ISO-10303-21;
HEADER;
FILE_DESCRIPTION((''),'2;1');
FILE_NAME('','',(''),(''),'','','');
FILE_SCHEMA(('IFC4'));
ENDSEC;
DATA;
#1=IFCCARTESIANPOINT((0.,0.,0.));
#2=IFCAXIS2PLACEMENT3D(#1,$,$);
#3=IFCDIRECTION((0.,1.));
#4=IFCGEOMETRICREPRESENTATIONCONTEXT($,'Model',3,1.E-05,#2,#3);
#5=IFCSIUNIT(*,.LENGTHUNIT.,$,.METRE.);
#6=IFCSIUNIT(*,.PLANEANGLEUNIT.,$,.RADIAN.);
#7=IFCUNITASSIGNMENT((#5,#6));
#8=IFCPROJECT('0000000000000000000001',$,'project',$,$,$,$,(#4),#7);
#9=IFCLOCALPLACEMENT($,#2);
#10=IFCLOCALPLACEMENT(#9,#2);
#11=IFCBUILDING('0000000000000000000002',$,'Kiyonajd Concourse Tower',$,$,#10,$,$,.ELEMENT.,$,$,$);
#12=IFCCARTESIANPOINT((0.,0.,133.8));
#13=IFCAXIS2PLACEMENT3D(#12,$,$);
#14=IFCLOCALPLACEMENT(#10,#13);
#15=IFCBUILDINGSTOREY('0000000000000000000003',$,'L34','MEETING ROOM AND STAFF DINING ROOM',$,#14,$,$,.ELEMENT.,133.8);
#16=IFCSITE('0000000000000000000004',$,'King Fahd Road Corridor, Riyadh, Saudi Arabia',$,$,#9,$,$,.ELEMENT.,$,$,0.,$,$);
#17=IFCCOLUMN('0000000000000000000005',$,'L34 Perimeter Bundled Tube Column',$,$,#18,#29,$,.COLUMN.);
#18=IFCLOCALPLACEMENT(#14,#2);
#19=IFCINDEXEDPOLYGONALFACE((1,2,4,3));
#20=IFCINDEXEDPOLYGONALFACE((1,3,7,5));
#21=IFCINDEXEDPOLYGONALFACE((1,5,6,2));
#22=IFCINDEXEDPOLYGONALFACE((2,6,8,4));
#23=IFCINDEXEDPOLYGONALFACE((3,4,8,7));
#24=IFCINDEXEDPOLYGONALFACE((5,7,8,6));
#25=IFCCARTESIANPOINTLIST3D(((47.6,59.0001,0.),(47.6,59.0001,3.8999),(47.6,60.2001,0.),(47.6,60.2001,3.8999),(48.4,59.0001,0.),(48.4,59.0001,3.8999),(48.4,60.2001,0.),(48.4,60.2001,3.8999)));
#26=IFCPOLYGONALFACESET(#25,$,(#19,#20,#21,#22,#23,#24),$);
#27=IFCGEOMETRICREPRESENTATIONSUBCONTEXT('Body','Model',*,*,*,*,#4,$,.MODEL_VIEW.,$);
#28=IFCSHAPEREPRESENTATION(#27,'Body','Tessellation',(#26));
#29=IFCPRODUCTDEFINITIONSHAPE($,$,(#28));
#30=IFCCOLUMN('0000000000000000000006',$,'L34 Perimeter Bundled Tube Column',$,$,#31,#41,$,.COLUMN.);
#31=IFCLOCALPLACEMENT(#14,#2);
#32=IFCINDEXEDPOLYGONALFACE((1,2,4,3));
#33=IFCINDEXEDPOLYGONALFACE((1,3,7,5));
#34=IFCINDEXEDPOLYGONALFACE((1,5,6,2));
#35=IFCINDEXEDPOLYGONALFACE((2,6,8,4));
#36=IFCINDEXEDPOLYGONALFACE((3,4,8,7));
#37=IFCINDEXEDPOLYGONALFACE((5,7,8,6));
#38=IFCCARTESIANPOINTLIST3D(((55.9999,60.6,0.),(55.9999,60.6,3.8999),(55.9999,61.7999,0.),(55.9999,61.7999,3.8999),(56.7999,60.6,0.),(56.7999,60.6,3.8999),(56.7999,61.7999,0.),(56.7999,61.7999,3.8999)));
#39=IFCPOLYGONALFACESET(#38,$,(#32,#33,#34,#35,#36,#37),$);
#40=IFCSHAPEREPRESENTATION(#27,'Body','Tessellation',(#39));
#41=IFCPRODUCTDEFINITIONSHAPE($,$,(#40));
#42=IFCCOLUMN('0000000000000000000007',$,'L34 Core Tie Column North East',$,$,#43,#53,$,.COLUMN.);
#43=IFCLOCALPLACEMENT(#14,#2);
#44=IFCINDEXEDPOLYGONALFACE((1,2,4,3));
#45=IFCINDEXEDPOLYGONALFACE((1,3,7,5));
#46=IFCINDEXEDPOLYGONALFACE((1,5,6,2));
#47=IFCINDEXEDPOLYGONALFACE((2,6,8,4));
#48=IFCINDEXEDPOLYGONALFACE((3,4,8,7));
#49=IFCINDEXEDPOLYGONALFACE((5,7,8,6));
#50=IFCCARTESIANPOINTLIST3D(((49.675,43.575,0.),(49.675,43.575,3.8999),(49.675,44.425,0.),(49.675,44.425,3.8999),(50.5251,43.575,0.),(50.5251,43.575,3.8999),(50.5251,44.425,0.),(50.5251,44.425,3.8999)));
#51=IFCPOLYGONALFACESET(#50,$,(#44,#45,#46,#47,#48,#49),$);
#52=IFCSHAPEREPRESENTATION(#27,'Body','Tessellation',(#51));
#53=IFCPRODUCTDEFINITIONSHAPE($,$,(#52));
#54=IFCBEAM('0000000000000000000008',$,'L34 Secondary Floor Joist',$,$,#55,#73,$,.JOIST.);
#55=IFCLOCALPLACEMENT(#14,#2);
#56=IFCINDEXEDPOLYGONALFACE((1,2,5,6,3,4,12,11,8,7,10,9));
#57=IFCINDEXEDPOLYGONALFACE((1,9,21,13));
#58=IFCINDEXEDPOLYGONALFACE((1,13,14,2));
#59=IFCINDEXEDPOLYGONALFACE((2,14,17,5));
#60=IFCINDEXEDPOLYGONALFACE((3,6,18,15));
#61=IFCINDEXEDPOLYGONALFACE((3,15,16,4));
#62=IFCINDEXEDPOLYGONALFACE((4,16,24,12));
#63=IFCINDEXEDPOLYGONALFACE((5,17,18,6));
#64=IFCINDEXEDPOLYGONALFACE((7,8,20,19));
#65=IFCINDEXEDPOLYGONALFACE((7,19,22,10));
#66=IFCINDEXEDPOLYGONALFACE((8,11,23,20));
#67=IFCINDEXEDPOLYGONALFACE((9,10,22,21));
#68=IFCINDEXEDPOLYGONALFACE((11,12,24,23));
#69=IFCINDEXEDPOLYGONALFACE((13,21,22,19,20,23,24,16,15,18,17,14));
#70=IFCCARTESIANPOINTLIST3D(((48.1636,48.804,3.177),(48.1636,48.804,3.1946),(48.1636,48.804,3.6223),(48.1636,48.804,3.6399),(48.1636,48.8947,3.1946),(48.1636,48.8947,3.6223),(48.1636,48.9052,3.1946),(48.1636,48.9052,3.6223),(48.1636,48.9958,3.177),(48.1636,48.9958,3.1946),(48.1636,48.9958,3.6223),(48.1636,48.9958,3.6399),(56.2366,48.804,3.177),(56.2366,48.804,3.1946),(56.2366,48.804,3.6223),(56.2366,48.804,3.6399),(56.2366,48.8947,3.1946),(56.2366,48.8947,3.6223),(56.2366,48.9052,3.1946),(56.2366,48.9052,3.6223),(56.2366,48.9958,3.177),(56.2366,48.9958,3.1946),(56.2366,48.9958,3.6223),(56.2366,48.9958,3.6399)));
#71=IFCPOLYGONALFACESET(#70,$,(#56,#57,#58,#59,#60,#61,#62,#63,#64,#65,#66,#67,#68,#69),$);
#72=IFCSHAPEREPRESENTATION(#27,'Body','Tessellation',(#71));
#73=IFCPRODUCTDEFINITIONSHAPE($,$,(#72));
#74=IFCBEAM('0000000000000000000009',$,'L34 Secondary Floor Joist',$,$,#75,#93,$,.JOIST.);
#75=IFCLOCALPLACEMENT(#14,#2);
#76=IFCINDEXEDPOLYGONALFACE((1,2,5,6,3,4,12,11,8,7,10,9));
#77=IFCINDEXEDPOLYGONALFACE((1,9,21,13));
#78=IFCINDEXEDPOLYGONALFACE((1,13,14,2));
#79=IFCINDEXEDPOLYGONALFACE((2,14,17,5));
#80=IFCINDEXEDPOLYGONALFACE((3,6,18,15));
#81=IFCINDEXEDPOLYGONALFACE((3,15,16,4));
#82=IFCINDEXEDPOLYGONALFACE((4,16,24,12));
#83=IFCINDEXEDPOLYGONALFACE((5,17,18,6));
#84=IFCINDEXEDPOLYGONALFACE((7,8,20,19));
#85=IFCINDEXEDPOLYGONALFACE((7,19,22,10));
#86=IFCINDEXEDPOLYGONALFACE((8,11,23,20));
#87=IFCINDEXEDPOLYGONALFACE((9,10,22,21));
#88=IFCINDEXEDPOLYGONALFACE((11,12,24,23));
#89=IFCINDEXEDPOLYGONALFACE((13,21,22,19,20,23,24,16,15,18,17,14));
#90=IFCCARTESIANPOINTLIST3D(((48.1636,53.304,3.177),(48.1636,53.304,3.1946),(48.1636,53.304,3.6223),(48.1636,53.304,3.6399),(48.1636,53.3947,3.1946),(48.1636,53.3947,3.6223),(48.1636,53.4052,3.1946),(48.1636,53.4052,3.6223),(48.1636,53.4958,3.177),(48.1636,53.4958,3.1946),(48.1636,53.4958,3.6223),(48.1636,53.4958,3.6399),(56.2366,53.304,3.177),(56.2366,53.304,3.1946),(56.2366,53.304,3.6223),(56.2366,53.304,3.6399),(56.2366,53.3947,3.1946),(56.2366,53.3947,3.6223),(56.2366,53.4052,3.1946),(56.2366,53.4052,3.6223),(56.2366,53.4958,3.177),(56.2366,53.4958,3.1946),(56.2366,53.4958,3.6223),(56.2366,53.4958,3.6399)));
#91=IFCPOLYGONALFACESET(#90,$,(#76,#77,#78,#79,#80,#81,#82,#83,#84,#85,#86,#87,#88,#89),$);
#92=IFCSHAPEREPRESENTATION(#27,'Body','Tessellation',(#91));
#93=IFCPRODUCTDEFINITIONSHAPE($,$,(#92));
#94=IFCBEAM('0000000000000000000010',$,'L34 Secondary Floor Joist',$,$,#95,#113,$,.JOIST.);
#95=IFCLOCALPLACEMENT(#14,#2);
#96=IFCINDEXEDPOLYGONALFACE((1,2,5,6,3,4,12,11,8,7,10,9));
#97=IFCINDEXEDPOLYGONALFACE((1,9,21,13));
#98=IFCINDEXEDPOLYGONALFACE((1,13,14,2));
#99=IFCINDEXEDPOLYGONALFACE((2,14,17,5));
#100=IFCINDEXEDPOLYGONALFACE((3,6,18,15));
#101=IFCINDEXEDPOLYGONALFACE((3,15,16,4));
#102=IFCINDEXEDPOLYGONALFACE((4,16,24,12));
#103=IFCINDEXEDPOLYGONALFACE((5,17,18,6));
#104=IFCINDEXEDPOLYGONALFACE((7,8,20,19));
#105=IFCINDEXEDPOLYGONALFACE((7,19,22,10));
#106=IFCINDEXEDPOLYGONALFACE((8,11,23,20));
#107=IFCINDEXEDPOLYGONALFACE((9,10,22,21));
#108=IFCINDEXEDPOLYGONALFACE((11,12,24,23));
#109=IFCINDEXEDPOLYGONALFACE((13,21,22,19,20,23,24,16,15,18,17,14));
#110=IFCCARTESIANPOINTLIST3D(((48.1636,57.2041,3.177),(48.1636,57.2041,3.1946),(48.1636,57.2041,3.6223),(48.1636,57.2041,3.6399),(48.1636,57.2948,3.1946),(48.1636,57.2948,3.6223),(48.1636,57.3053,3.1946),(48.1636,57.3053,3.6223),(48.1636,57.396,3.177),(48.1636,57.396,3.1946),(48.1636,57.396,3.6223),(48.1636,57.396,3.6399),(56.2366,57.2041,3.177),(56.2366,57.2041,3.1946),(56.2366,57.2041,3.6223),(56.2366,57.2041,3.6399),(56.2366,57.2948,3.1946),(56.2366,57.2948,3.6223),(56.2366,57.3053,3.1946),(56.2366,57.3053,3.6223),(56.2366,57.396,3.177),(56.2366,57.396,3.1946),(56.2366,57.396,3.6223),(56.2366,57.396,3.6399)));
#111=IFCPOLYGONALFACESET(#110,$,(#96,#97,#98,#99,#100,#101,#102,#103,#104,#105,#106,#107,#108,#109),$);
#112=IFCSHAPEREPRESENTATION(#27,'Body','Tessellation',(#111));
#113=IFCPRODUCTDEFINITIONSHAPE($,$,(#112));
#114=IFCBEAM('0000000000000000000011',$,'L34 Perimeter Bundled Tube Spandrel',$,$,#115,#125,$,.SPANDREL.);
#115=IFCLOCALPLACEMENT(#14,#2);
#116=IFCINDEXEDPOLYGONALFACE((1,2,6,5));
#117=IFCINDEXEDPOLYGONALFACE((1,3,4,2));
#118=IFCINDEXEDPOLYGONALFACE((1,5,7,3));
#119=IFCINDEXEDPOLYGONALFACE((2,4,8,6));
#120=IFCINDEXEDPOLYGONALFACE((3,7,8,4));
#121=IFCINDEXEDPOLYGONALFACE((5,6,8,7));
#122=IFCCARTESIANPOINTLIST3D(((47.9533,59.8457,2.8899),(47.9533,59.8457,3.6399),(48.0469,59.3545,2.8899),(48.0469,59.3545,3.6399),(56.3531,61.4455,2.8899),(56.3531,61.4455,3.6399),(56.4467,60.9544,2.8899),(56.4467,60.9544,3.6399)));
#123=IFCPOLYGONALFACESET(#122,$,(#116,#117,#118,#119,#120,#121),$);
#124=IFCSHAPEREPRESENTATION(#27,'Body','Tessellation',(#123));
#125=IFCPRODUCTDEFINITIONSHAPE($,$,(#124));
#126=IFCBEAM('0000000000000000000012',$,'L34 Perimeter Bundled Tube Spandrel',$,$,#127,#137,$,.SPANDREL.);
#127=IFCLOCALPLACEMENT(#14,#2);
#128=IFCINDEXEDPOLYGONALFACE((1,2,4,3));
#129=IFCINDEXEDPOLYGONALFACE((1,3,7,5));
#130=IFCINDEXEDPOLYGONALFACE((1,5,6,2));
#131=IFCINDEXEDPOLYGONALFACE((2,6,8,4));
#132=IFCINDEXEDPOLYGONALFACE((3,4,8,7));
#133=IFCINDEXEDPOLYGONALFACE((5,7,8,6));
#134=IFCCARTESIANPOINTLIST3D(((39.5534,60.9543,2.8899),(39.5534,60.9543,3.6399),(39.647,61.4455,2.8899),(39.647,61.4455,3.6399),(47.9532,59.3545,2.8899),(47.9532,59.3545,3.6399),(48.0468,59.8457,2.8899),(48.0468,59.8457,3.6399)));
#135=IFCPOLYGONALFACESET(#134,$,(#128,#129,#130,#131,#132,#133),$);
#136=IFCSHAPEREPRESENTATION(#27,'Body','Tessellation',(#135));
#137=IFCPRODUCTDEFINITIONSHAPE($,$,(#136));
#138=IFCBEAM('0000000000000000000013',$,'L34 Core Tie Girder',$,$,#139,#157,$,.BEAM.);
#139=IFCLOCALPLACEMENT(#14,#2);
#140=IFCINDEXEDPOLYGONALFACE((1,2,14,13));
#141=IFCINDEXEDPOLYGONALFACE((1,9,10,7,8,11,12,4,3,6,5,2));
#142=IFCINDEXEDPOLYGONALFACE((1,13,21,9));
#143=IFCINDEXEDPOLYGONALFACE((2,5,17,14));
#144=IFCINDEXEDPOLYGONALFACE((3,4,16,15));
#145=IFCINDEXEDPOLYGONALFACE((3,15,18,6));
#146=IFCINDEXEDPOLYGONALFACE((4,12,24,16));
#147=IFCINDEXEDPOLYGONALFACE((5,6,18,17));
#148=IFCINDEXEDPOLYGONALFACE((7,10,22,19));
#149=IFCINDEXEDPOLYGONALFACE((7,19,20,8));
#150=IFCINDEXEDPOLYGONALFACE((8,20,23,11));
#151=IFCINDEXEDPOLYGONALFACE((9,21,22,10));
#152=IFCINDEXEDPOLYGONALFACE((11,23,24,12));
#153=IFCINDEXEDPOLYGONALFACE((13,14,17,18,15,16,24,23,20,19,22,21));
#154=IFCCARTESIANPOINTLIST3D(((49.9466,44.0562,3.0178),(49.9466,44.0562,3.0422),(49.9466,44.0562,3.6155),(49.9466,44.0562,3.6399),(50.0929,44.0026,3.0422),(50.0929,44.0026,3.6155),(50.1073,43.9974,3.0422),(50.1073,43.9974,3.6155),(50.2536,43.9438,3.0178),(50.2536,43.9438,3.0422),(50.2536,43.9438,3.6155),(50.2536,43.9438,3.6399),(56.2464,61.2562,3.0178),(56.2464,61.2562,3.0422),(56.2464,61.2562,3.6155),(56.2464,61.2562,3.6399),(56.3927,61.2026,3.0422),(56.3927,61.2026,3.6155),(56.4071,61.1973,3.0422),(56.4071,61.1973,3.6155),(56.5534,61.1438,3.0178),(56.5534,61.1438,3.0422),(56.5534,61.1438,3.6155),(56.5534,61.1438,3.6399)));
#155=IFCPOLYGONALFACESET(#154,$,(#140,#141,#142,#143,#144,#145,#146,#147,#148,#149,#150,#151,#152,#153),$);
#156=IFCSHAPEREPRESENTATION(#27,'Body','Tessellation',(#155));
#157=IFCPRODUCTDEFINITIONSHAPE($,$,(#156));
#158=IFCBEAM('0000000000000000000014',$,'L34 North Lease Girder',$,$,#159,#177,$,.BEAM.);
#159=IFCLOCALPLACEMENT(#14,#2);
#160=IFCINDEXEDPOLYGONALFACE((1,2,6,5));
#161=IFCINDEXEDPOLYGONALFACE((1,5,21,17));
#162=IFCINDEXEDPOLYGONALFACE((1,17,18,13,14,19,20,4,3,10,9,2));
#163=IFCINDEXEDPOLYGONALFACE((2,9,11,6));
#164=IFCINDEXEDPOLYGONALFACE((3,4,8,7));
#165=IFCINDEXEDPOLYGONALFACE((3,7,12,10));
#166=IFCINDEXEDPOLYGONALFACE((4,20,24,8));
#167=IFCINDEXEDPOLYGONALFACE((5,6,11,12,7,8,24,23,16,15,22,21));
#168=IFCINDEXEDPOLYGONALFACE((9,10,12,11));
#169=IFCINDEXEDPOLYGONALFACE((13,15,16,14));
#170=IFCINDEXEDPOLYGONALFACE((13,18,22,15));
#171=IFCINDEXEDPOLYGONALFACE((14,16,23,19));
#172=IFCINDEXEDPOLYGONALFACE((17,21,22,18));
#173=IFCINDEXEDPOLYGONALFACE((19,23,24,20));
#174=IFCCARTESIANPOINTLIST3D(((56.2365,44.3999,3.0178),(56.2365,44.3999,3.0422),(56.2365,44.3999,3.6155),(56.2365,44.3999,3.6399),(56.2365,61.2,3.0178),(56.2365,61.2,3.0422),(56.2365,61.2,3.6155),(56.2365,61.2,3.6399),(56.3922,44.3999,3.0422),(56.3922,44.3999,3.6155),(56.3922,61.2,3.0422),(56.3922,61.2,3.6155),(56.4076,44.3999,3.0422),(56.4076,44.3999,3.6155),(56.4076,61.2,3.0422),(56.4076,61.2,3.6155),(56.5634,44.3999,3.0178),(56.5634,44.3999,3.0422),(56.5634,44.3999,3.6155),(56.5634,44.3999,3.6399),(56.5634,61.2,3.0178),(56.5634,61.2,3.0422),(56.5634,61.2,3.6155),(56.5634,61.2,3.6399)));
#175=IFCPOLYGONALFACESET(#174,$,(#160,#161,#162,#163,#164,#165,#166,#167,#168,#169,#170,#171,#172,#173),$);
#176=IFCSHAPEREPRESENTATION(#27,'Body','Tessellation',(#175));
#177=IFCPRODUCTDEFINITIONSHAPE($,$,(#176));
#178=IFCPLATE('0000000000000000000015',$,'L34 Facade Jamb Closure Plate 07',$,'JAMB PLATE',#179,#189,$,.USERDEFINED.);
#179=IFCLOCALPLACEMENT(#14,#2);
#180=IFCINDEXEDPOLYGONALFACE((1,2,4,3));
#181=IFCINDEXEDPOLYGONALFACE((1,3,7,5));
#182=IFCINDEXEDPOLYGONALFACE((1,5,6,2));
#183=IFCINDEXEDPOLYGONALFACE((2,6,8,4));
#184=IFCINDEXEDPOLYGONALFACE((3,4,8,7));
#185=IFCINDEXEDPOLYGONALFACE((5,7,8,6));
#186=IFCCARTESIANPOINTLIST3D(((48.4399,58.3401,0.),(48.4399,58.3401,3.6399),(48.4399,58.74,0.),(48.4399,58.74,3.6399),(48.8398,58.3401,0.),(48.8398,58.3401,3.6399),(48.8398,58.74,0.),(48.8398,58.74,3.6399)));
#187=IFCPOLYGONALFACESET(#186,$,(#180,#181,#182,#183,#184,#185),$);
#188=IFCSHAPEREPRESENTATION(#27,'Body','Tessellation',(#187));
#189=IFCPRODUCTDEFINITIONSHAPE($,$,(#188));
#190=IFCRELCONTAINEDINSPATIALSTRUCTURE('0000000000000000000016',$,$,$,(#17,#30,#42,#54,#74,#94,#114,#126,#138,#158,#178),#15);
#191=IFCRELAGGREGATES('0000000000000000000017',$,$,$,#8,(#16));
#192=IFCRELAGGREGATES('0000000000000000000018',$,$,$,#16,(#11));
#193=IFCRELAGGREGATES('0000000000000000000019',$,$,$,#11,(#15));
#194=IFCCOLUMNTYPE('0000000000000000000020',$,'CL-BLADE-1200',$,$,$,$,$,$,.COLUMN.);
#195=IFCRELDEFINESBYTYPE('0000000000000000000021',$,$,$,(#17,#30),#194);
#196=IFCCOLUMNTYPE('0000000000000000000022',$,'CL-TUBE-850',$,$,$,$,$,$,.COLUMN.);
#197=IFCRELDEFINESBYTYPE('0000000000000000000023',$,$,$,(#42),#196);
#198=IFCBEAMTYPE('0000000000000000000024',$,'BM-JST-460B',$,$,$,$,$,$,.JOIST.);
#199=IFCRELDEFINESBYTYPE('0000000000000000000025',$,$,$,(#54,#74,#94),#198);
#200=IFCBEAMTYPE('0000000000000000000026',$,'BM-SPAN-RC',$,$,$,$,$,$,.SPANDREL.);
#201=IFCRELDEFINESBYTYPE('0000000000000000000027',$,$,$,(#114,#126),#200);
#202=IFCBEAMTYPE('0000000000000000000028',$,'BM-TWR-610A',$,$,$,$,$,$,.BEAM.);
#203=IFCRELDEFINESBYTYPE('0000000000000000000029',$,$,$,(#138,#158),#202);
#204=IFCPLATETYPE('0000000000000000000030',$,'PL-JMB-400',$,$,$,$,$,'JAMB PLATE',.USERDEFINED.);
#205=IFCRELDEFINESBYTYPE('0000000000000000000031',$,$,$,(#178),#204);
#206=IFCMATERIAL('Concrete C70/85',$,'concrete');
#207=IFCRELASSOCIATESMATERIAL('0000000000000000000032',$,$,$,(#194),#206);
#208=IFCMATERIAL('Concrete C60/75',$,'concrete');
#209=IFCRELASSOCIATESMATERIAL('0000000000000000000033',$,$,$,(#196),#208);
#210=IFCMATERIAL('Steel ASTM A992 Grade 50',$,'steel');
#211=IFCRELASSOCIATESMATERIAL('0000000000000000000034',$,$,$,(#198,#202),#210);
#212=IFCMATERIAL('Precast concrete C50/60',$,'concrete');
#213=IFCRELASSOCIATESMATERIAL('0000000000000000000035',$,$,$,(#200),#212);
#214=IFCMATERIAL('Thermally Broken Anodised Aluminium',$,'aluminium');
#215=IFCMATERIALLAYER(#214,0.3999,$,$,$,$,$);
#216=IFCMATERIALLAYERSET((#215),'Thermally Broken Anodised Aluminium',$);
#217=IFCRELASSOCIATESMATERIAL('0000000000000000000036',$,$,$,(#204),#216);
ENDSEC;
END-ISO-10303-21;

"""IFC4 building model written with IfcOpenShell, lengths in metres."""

from ifc_helpers import new_model, si_unit, direction, frame, origin, origin_2d, place, context, subcontext, project, spatial, rectangle, i_section, extrude, material, layer, layer_set, material_profile, profile_set, type_object, element, save


model = new_model("IFC4")

# Units and contexts
model_context = context("Model", 3, precision=1e-05, world=origin(), true_north=direction((0.0, 1.0)))
body_context = subcontext(model_context, "Body", "Model", "MODEL_VIEW")
ifc_project = project(units=[si_unit("LENGTHUNIT", "METRE"), si_unit("PLANEANGLEUNIT", "RADIAN")], contexts=[model_context])

# Site, building, storey
site_placement = place(None, origin())
site = spatial("IfcSite", under=ifc_project, at=site_placement, Name="King Fahd Road Corridor, Riyadh, Saudi Arabia", CompositionType="ELEMENT", RefElevation=0.0)
building_placement = place(site_placement, origin())
building = spatial("IfcBuilding", under=site, at=building_placement, Name="Kiyonajd Concourse Tower", CompositionType="ELEMENT")
storey_placement = place(building_placement, frame((0.0, 0.0, 133.8)))
storey = spatial("IfcBuildingStorey", under=building, at=storey_placement, Name="L34", Description="MEETING ROOM AND STAFF DINING ROOM", CompositionType="ELEMENT", Elevation=133.8)

# Columns
ifc_material_1 = material(Name="Concrete C70/85", Category="concrete")
ifc_material_profile_1 = material_profile(ifc_material_1, rectangle(XDim=0.8, YDim=1.2, at=origin_2d()), Name="RC-1200x800")
ifc_profile_set_1 = profile_set([ifc_material_profile_1], Name="Concrete C70/85")
column_type_1 = type_object("IfcColumnType", Name="CL-BLADE-1200", PredefinedType="COLUMN", material=ifc_profile_set_1)
for number, where, z_axis, x_axis, name in (
    (1, (48.0, 59.6001, 0.0), (0.0, 0.0, 1.0), (1.0, 0.0, 0.0), "L34 Perimeter Bundled Tube Column"),
    (2, (56.3999, 61.2, 0.0), (0.0, 0.0, 1.0), (1.0, 0.0, 0.0), "L34 Perimeter Bundled Tube Column"),
):
    element("IfcColumn", number, at=place(storey_placement, frame(where, z_axis=z_axis, x_axis=x_axis)), inside=storey, type_object=column_type_1, Name=name, PredefinedType="COLUMN", context=body_context, shape_type="SweptSolid", body=[
        extrude(rectangle(XDim=0.8, YDim=1.2, at=origin_2d()), origin(), (0.0, 0.0, 1.0), 3.8999),
    ])
ifc_material_2 = material(Name="Concrete C60/75", Category="concrete")
ifc_material_profile_2 = material_profile(ifc_material_2, rectangle(XDim=0.8501, YDim=0.8501, at=origin_2d()), Name="RC-850x850")
ifc_profile_set_2 = profile_set([ifc_material_profile_2], Name="Concrete C60/75")
column_type_2 = type_object("IfcColumnType", Name="CL-TUBE-850", PredefinedType="COLUMN", material=ifc_profile_set_2)
column_placement = place(storey_placement, frame((50.1001, 44.0, 0.0), z_axis=(0.0, 0.0, 1.0), x_axis=(1.0, 0.0, 0.0)))
element("IfcColumn", 3, at=column_placement, inside=storey, type_object=column_type_2, Name="L34 Core Tie Column North East", PredefinedType="COLUMN", context=body_context, shape_type="SweptSolid", body=[
    extrude(rectangle(XDim=0.8501, YDim=0.8501, at=origin_2d()), origin(), (0.0, 0.0, 1.0), 3.8999),
])

# Beams
ifc_material_3 = material(Name="Steel ASTM A992 Grade 50", Category="steel")
ifc_material_profile_3 = material_profile(ifc_material_3, i_section(OverallWidth=0.1919, OverallDepth=0.4629, WebThickness=0.0105, FlangeThickness=0.0176, at=origin_2d()), Name="W460X89")
ifc_profile_set_3 = profile_set([ifc_material_profile_3], Name="Steel ASTM A992 Grade 50")
beam_type_1 = type_object("IfcBeamType", Name="BM-JST-460B", PredefinedType="JOIST", material=ifc_profile_set_3)
for number, where, z_axis, x_axis, name in (
    (4, (48.1636, 48.8999, 3.4084), (1.0, 0.0, 0.0), (0.0, 1.0, 0.0), "L34 Secondary Floor Joist"),
    (5, (48.1636, 53.3999, 3.4084), (1.0, 0.0, 0.0), (0.0, 1.0, 0.0), "L34 Secondary Floor Joist"),
    (6, (48.1636, 57.3, 3.4084), (1.0, 0.0, 0.0), (0.0, 1.0, 0.0), "L34 Secondary Floor Joist"),
):
    element("IfcBeam", number, at=place(storey_placement, frame(where, z_axis=z_axis, x_axis=x_axis)), inside=storey, type_object=beam_type_1, Name=name, PredefinedType="JOIST", context=body_context, shape_type="SweptSolid", body=[
        extrude(i_section(OverallWidth=0.1919, OverallDepth=0.4629, WebThickness=0.0105, FlangeThickness=0.0176, at=origin_2d()), origin(), (0.0, 0.0, 1.0), 8.073),
    ])
ifc_material_4 = material(Name="Precast concrete C50/60", Category="concrete")
ifc_material_profile_4 = material_profile(ifc_material_4, rectangle(XDim=0.5, YDim=0.75, at=origin_2d()), Name="RCBM-500x750")
ifc_profile_set_4 = profile_set([ifc_material_profile_4], Name="Precast concrete C50/60")
beam_type_2 = type_object("IfcBeamType", Name="BM-SPAN-RC", PredefinedType="SPANDREL", material=ifc_profile_set_4)
for number, where, z_axis, x_axis, name in (
    (7, (56.3999, 61.2, 3.2649), (-0.982341, -0.187098, 0.0), (0.187098, -0.982341, 0.0), "L34 Perimeter Bundled Tube Spandrel"),
    (8, (48.0, 59.6001, 3.2649), (-0.982341, 0.187098, 0.0), (-0.187098, -0.982341, 0.0), "L34 Perimeter Bundled Tube Spandrel"),
):
    element("IfcBeam", number, at=place(storey_placement, frame(where, z_axis=z_axis, x_axis=x_axis)), inside=storey, type_object=beam_type_2, Name=name, PredefinedType="SPANDREL", context=body_context, shape_type="SweptSolid", body=[
        extrude(rectangle(XDim=0.5, YDim=0.75, at=origin_2d()), origin(), (0.0, 0.0, 1.0), 8.5508),
    ])
ifc_material_profile_5 = material_profile(ifc_material_3, i_section(OverallWidth=0.3269, OverallDepth=0.6221, WebThickness=0.0154, FlangeThickness=0.0244, at=origin_2d()), Name="W610X195")
ifc_profile_set_5 = profile_set([ifc_material_profile_5], Name="Steel ASTM A992 Grade 50")
beam_type_3 = type_object("IfcBeamType", Name="BM-TWR-610A", PredefinedType="BEAM", material=ifc_profile_set_5)
beam_1_placement = place(storey_placement, frame((50.1001, 44.0, 3.3289), z_axis=(0.343925, 0.938997, 0.0), x_axis=(-0.938997, 0.343925, 0.0)))
element("IfcBeam", 9, at=beam_1_placement, inside=storey, type_object=beam_type_3, Name="L34 Core Tie Girder", PredefinedType="BEAM", context=body_context, shape_type="SweptSolid", body=[
    extrude(i_section(OverallWidth=0.3269, OverallDepth=0.6221, WebThickness=0.0154, FlangeThickness=0.0244, at=origin_2d()), origin(), (0.0, 0.0, 1.0), 18.3174),
])
beam_2_placement = place(storey_placement, frame((56.3999, 44.3999, 3.3289), z_axis=(0.0, 1.0, 0.0), x_axis=(-1.0, 0.0, 0.0)))
element("IfcBeam", 10, at=beam_2_placement, inside=storey, type_object=beam_type_3, Name="L34 North Lease Girder", PredefinedType="BEAM", context=body_context, shape_type="SweptSolid", body=[
    extrude(i_section(OverallWidth=0.3269, OverallDepth=0.6221, WebThickness=0.0154, FlangeThickness=0.0244, at=origin_2d()), origin(), (0.0, 0.0, 1.0), 16.8),
])

# Plate
ifc_material_5 = material(Name="Thermally Broken Anodised Aluminium", Category="aluminium")
ifc_layer_1 = layer(ifc_material_5, 0.3999)
ifc_layer_set_1 = layer_set([ifc_layer_1], Name="Thermally Broken Anodised Aluminium")
plate_type = type_object("IfcPlateType", Name="PL-JMB-400", ElementType="JAMB PLATE", PredefinedType="USERDEFINED", material=ifc_layer_set_1)
for number, where, z_axis, x_axis, name in (
    (11, (48.6399, 58.54, 0.0), (0.0, 0.0, 1.0), (1.0, 0.0, 0.0), "L34 Facade Jamb Closure Plate 07"),
):
    element("IfcPlate", number, at=place(storey_placement, frame(where, z_axis=z_axis, x_axis=x_axis)), inside=storey, type_object=plate_type, Name=name, ObjectType="JAMB PLATE", PredefinedType="USERDEFINED", context=body_context, shape_type="SweptSolid", body=[
        extrude(rectangle(XDim=0.3999, YDim=0.3999, at=origin_2d()), origin(), (0.0, 0.0, 1.0), 3.6399),
    ])

save(model, "model.ifc")
